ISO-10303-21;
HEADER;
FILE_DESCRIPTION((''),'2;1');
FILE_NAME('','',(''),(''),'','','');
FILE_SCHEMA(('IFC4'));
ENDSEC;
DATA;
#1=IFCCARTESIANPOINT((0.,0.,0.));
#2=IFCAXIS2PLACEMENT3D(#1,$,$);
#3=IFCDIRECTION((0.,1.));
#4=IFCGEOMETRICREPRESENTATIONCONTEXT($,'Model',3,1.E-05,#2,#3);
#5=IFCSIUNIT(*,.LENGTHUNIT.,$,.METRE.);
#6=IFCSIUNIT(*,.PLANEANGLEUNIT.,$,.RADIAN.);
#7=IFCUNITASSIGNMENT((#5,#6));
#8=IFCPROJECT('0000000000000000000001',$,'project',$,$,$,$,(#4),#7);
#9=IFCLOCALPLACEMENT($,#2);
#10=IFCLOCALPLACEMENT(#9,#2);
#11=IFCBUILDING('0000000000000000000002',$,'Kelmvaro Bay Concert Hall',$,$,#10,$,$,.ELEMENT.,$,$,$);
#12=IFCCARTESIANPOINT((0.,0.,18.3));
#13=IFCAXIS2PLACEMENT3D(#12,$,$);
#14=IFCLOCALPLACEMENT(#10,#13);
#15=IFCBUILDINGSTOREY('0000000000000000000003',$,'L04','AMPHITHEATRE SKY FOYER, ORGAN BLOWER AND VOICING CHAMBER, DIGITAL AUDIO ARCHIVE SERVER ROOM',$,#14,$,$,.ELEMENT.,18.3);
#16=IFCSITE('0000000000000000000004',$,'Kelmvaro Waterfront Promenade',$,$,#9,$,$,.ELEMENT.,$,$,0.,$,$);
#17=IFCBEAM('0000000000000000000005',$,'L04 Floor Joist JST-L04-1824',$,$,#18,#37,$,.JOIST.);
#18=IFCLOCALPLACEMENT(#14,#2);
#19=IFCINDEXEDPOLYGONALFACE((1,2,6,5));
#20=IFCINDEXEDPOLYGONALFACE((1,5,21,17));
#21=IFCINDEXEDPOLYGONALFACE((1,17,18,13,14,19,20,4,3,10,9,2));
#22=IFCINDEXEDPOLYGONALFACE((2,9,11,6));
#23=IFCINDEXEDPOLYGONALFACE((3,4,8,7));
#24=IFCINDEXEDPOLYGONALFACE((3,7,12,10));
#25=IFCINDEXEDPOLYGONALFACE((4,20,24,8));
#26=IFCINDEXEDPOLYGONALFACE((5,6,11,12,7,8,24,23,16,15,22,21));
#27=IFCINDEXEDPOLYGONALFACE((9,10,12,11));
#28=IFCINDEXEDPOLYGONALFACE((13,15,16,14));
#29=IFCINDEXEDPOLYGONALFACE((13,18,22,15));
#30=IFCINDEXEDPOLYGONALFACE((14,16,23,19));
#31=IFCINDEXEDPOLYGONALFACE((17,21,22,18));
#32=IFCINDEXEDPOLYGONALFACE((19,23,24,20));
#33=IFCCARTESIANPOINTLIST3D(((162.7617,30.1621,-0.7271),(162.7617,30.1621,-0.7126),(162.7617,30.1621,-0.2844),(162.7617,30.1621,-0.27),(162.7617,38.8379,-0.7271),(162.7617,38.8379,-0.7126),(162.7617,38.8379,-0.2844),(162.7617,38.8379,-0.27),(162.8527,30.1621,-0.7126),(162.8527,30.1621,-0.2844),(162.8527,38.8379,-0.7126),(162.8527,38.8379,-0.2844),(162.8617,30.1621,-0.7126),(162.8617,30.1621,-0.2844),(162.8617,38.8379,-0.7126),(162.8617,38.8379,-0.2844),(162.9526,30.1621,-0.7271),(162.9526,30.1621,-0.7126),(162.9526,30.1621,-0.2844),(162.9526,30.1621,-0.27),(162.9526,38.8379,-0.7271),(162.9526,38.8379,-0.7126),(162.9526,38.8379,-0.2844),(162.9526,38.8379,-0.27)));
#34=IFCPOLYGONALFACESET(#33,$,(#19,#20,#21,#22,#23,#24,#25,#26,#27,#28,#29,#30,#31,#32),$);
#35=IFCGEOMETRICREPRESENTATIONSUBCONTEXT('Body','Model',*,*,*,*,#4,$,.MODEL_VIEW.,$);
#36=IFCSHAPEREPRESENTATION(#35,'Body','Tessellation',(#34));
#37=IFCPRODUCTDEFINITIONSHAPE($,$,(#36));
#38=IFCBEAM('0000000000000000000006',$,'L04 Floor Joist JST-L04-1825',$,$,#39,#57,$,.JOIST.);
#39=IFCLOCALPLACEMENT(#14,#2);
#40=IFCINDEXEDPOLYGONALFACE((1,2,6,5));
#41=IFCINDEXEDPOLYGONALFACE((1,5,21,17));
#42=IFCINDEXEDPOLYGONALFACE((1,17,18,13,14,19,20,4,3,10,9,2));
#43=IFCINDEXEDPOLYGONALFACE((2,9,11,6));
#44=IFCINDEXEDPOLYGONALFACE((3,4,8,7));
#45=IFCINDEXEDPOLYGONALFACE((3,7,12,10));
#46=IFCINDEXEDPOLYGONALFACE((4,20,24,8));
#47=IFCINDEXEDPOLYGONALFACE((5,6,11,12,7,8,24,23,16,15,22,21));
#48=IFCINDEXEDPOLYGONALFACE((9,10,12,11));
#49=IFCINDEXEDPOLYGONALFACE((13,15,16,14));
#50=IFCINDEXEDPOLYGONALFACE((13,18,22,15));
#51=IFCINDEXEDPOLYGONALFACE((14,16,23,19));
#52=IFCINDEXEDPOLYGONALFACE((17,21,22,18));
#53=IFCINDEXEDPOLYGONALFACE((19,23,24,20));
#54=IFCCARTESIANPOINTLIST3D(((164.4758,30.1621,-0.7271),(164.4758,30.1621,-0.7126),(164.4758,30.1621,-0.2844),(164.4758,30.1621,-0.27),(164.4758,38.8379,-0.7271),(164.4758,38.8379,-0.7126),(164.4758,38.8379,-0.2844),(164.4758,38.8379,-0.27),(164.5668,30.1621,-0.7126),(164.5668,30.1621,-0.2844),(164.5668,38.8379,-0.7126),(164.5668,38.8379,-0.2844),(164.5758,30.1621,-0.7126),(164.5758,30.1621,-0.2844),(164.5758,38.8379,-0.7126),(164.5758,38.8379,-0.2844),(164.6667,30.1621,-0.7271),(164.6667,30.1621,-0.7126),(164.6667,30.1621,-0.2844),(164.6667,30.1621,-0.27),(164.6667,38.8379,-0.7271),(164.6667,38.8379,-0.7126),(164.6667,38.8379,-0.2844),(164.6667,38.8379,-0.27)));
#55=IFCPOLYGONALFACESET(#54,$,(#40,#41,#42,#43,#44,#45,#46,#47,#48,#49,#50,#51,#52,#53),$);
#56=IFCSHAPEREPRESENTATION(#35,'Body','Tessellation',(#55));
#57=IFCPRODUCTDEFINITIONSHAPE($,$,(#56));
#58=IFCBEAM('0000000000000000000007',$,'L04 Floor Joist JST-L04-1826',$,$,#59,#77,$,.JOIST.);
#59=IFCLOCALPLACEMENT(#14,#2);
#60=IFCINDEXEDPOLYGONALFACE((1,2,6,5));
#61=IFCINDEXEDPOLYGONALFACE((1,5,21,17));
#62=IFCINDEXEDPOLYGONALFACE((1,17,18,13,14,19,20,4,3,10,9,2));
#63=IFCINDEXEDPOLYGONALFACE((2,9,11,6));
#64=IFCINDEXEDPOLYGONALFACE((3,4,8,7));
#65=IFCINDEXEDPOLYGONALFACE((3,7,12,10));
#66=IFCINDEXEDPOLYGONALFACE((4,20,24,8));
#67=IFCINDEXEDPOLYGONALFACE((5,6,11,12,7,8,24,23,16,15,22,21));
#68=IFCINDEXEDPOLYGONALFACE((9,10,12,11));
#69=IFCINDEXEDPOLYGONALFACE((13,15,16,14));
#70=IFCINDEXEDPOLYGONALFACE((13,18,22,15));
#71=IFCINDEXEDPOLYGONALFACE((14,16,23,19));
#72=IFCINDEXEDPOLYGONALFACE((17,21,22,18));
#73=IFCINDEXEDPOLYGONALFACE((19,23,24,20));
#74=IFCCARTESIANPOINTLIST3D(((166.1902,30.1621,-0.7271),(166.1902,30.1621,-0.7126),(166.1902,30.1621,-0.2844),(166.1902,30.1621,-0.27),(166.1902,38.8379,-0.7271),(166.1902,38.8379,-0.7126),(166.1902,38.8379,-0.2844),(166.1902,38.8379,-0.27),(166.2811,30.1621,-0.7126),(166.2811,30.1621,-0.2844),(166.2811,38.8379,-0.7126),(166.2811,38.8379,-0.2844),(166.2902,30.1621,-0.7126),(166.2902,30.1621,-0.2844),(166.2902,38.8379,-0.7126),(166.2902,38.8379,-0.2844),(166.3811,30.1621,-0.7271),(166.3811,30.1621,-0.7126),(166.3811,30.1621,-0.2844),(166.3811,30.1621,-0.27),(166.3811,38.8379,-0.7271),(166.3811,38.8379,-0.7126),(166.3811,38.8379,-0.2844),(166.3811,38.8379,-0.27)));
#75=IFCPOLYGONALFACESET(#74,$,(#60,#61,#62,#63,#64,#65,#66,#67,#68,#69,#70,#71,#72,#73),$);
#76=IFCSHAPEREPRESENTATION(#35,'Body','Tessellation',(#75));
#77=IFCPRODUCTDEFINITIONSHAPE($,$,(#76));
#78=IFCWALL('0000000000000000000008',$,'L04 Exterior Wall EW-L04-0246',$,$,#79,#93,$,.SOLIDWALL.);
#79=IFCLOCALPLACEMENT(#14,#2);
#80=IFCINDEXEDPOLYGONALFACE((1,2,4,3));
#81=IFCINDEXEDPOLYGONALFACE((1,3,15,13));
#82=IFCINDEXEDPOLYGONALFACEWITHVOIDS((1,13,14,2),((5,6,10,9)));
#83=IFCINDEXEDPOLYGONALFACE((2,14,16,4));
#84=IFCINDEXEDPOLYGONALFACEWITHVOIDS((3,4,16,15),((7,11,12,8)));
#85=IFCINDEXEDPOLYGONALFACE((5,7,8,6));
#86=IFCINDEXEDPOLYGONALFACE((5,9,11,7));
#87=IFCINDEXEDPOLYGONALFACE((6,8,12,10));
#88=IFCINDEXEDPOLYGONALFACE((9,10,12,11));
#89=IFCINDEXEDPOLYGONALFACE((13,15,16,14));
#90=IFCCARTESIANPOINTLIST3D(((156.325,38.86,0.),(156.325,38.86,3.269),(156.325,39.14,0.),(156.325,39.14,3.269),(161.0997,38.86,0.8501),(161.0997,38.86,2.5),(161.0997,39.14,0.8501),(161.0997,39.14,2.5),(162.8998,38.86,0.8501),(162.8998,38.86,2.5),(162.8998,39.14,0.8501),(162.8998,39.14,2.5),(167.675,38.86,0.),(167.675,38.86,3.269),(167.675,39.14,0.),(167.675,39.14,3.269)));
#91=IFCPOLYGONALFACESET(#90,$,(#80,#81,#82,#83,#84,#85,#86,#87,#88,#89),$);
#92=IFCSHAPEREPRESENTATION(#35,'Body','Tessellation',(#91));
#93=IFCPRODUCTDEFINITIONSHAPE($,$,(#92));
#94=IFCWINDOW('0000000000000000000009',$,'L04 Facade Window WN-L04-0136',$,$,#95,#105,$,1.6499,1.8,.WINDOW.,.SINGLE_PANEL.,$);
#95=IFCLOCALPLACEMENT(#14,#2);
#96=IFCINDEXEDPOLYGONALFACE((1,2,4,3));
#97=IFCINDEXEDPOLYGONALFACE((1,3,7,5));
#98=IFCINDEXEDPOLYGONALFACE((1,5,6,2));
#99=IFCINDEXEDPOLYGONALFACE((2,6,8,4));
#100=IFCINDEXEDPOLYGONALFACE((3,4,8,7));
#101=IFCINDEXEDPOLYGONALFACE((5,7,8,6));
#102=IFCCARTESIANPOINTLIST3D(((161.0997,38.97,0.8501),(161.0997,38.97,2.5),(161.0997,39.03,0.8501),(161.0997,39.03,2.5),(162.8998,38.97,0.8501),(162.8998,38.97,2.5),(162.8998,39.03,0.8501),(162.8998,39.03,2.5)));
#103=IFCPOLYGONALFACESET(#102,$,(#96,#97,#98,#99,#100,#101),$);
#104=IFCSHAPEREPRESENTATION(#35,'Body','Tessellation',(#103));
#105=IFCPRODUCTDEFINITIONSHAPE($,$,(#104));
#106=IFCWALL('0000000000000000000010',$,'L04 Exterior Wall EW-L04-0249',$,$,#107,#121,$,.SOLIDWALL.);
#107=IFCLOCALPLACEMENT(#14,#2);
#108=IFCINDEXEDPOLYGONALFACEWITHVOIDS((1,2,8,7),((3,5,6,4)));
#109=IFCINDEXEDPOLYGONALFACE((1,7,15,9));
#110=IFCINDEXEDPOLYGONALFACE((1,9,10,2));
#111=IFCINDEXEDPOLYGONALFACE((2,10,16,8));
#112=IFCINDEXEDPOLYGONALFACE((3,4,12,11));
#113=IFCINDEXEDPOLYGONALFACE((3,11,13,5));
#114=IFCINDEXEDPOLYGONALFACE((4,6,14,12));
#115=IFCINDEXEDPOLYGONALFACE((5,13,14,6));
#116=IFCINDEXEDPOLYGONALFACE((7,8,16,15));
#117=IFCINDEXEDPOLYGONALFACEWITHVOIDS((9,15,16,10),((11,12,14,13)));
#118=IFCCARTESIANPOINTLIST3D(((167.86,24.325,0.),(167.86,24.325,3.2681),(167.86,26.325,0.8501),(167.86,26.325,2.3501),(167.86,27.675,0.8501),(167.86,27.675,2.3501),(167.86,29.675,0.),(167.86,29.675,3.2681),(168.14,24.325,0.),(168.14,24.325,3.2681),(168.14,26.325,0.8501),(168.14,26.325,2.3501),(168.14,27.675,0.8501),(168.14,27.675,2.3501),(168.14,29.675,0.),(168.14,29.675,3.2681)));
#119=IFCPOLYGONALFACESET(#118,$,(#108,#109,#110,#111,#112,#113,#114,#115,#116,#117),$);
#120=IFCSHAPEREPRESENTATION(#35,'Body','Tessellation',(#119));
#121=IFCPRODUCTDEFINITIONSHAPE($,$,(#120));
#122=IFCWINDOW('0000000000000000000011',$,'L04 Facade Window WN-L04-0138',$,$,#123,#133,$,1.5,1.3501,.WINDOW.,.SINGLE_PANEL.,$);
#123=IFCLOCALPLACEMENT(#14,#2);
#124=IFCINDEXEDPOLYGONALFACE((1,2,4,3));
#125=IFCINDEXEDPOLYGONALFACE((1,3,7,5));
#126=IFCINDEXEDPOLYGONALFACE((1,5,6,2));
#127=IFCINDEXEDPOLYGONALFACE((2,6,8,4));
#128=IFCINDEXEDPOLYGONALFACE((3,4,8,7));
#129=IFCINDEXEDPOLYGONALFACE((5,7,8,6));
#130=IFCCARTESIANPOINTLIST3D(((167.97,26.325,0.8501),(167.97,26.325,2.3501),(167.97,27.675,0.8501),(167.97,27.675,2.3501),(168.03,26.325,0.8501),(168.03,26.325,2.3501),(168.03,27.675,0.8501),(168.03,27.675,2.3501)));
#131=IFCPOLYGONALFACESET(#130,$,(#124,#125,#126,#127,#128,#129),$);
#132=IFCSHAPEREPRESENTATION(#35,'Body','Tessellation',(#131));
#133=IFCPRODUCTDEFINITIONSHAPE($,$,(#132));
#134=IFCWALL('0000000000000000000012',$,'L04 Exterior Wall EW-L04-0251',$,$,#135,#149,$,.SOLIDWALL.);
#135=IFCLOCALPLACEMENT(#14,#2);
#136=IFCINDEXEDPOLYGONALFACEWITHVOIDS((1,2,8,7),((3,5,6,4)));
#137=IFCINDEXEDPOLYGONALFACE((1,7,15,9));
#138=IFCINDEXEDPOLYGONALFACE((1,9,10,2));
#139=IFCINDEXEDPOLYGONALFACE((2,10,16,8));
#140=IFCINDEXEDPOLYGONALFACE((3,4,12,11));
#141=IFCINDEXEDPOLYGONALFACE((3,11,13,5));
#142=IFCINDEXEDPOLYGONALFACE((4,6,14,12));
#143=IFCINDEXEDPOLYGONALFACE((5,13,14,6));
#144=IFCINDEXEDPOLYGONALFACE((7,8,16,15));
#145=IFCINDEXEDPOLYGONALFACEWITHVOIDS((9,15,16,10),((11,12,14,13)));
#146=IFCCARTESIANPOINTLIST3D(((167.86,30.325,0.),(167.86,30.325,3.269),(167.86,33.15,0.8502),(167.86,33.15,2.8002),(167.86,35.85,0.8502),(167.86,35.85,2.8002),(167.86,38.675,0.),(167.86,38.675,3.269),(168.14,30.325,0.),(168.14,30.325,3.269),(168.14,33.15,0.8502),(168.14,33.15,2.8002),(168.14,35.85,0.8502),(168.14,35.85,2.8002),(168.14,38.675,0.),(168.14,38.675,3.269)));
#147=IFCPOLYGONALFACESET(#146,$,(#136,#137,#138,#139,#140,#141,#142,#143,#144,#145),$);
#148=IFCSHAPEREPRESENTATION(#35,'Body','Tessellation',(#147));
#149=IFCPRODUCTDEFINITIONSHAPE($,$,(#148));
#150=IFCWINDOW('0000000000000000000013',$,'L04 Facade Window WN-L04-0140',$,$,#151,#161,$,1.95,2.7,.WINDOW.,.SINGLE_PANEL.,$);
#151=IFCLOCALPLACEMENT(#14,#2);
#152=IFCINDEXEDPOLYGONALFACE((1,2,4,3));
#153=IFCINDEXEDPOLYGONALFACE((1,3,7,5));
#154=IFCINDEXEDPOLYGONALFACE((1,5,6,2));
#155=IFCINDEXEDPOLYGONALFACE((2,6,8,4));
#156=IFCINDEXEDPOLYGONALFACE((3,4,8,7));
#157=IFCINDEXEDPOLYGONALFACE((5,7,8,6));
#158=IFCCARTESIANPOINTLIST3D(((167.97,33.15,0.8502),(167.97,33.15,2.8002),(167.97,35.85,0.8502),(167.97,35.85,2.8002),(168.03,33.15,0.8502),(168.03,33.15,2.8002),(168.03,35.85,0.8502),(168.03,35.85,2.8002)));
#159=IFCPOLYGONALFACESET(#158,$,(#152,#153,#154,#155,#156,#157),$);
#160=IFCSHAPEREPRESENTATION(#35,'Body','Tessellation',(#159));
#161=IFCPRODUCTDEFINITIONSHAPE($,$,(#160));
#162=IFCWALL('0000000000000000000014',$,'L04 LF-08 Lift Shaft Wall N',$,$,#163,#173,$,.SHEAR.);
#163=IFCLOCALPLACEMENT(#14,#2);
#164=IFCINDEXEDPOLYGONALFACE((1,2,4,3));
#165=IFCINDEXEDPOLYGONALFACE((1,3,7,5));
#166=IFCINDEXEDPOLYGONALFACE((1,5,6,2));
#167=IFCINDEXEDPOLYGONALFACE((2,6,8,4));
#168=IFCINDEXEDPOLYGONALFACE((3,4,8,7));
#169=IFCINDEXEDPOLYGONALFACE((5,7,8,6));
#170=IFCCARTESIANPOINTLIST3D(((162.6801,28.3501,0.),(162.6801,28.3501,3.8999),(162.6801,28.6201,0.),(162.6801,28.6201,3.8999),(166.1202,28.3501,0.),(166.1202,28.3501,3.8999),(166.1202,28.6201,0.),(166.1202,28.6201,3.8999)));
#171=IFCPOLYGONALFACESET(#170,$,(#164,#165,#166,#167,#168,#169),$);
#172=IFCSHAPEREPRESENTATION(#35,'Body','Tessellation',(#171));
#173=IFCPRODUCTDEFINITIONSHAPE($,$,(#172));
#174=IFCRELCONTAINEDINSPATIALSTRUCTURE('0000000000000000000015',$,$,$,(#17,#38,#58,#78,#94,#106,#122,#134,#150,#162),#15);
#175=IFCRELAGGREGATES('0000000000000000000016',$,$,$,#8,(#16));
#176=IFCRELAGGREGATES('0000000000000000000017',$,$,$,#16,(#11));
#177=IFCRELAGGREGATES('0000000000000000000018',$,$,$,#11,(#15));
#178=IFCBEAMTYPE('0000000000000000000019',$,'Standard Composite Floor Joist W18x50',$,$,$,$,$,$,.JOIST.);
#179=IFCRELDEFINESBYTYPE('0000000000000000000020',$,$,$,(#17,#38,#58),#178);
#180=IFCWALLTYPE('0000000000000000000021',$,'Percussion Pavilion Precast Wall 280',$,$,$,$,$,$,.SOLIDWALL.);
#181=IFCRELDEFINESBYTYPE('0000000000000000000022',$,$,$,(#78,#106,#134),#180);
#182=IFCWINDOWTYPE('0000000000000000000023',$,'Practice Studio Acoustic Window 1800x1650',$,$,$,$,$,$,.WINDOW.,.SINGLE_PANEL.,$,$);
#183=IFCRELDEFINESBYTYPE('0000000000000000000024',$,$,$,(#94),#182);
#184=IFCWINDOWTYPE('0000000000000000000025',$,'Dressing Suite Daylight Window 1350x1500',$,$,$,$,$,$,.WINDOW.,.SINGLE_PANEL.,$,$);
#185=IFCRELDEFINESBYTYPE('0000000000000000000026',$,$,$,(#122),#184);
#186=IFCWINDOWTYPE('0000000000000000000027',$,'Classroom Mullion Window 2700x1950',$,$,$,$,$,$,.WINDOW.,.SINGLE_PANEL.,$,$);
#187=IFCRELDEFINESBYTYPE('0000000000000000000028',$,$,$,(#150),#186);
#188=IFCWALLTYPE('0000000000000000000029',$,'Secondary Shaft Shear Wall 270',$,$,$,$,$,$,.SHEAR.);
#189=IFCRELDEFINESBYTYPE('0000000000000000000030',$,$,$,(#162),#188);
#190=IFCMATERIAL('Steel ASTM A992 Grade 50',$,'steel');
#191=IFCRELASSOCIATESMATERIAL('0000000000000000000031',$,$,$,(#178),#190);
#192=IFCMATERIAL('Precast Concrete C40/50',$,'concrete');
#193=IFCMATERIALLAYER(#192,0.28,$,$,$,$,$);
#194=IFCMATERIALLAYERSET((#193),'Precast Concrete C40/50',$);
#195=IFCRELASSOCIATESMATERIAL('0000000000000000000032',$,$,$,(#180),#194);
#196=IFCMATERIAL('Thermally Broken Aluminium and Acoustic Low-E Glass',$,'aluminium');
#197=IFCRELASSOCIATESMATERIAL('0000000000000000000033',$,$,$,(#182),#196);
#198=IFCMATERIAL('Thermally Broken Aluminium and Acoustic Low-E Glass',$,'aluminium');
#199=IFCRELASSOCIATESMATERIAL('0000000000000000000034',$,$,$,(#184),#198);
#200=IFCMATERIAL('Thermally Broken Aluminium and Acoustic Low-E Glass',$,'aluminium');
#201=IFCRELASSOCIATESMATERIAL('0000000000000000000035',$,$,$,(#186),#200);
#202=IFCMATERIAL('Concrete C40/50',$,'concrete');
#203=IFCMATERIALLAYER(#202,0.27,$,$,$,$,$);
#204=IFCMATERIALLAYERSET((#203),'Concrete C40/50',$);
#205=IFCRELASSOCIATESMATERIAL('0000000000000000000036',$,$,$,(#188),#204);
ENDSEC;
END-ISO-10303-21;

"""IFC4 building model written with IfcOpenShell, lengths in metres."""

from ifc_helpers import new_model, si_unit, direction, frame, frame_2d, origin, origin_2d, place, context, subcontext, project, spatial, rectangle, i_section, extrude, material, layer, layer_set, material_profile, profile_set, type_object, element, fill, save


model = new_model("IFC4")

# Units and contexts
model_context = context("Model", 3, precision=1e-05, world=origin(), true_north=direction((0.0, 1.0)))
body_context = subcontext(model_context, "Body", "Model", "MODEL_VIEW")
ifc_project = project(units=[si_unit("LENGTHUNIT", "METRE"), si_unit("PLANEANGLEUNIT", "RADIAN")], contexts=[model_context])

# Site, building, storey
site_placement = place(None, origin())
site = spatial("IfcSite", under=ifc_project, at=site_placement, Name="Kelmvaro Waterfront Promenade", CompositionType="ELEMENT", RefElevation=0.0)
building_placement = place(site_placement, origin())
building = spatial("IfcBuilding", under=site, at=building_placement, Name="Kelmvaro Bay Concert Hall", CompositionType="ELEMENT")
storey_placement = place(building_placement, frame((0.0, 0.0, 18.3)))
storey = spatial("IfcBuildingStorey", under=building, at=storey_placement, Name="L04", Description="AMPHITHEATRE SKY FOYER, ORGAN BLOWER AND VOICING CHAMBER, DIGITAL AUDIO ARCHIVE SERVER ROOM", CompositionType="ELEMENT", Elevation=18.3)

# Beams
ifc_material_1 = material(Name="Steel ASTM A992 Grade 50", Category="steel")
ifc_material_profile_1 = material_profile(ifc_material_1, i_section(OverallWidth=0.1909, OverallDepth=0.457, WebThickness=0.009, FlangeThickness=0.0144, at=origin_2d()), Name="W18X50")
ifc_profile_set_1 = profile_set([ifc_material_profile_1], Name="Steel ASTM A992 Grade 50")
beam_type_1 = type_object("IfcBeamType", Name="Standard Composite Floor Joist W18x50", PredefinedType="JOIST", material=ifc_profile_set_1)
for number, where, z_axis, x_axis, name in (
    (1, (162.8572, 30.1621, -0.4985), (0.0, 1.0, 0.0), (-1.0, 0.0, 0.0), "L04 Floor Joist JST-L04-1824"),
    (2, (164.5713, 30.1621, -0.4985), (0.0, 1.0, 0.0), (-1.0, 0.0, 0.0), "L04 Floor Joist JST-L04-1825"),
    (3, (166.2856, 30.1621, -0.4985), (0.0, 1.0, 0.0), (-1.0, 0.0, 0.0), "L04 Floor Joist JST-L04-1826"),
):
    element("IfcBeam", number, at=place(storey_placement, frame(where, z_axis=z_axis, x_axis=x_axis)), inside=storey, type_object=beam_type_1, Name=name, PredefinedType="JOIST", context=body_context, shape_type="SweptSolid", body=[
        extrude(i_section(OverallWidth=0.1909, OverallDepth=0.457, WebThickness=0.009, FlangeThickness=0.0144, at=origin_2d()), origin(), (0.0, 0.0, 1.0), 8.6758),
    ])

# Walls, openings, windows
ifc_material_2 = material(Name="Precast Concrete C40/50", Category="concrete")
ifc_layer_1 = layer(ifc_material_2, 0.28)
ifc_layer_set_1 = layer_set([ifc_layer_1], Name="Precast Concrete C40/50")
wall_type_1 = type_object("IfcWallType", Name="Percussion Pavilion Precast Wall 280", PredefinedType="SOLIDWALL", material=ifc_layer_set_1)
wall_1_placement = place(storey_placement, frame((156.325, 39.0, 0.0), z_axis=(0.0, 0.0, 1.0), x_axis=(1.0, 0.0, 0.0)))
wall_1 = element("IfcWall", 4, at=wall_1_placement, inside=storey, type_object=wall_type_1, Name="L04 Exterior Wall EW-L04-0246", PredefinedType="SOLIDWALL", context=body_context, shape_type="SweptSolid", body=[
    extrude(rectangle(XDim=11.3501, YDim=0.28, at=frame_2d((5.675, 0.0))), origin(), (0.0, 0.0, 1.0), 3.269),
])
opening_1_placement = place(wall_1_placement, frame((4.7749, 0.0, 0.8501)))
opening_1 = element("IfcOpeningElement", 5, at=opening_1_placement, cuts=wall_1, PredefinedType="OPENING", context=body_context, shape_type="SweptSolid", body=[
    extrude(rectangle(XDim=1.8, YDim=1.6499, at=frame_2d((0.8999, 0.825))), frame((0.0, 0.1499, 0.0), z_axis=(0.0, -1.0, 0.0), x_axis=(1.0, 0.0, 0.0)), (0.0, 0.0, 1.0), 0.3),
])
ifc_material_3 = material(Name="Thermally Broken Aluminium and Acoustic Low-E Glass", Category="aluminium")
window_type_1 = type_object("IfcWindowType", Name="Practice Studio Acoustic Window 1800x1650", PartitioningType="SINGLE_PANEL", PredefinedType="WINDOW", material=ifc_material_3)
window_1_placement = place(opening_1_placement, origin())
window_1 = element("IfcWindow", 6, at=window_1_placement, inside=storey, type_object=window_type_1, Name="L04 Facade Window WN-L04-0136", OverallHeight=1.6499, OverallWidth=1.8, PartitioningType="SINGLE_PANEL", PredefinedType="WINDOW", context=body_context, shape_type="SweptSolid", body=[
    extrude(rectangle(XDim=1.8, YDim=1.6499, at=frame_2d((0.8999, 0.825))), frame((0.0, 0.03, 0.0), z_axis=(0.0, -1.0, 0.0), x_axis=(1.0, 0.0, 0.0)), (0.0, 0.0, 1.0), 0.0601),
])
fill(opening_1, window_1)
wall_2_placement = place(storey_placement, frame((168.0, 29.675, 0.0), z_axis=(0.0, 0.0, 1.0), x_axis=(0.0, -1.0, 0.0)))
wall_2 = element("IfcWall", 7, at=wall_2_placement, inside=storey, type_object=wall_type_1, Name="L04 Exterior Wall EW-L04-0249", PredefinedType="SOLIDWALL", context=body_context, shape_type="SweptSolid", body=[
    extrude(rectangle(XDim=5.3501, YDim=0.28, at=frame_2d((2.675, 0.0))), origin(), (0.0, 0.0, 1.0), 3.2681),
])
opening_2_placement = place(wall_2_placement, frame((2.0, 0.0, 0.8501)))
opening_2 = element("IfcOpeningElement", 8, at=opening_2_placement, cuts=wall_2, PredefinedType="OPENING", context=body_context, shape_type="SweptSolid", body=[
    extrude(rectangle(XDim=1.3501, YDim=1.5, at=frame_2d((0.675, 0.75))), frame((0.0, 0.1499, 0.0), z_axis=(0.0, -1.0, 0.0), x_axis=(1.0, 0.0, 0.0)), (0.0, 0.0, 1.0), 0.3),
])
ifc_material_4 = material(Name="Thermally Broken Aluminium and Acoustic Low-E Glass", Category="aluminium")
window_type_2 = type_object("IfcWindowType", Name="Dressing Suite Daylight Window 1350x1500", PartitioningType="SINGLE_PANEL", PredefinedType="WINDOW", material=ifc_material_4)
window_2_placement = place(opening_2_placement, origin())
window_2 = element("IfcWindow", 9, at=window_2_placement, inside=storey, type_object=window_type_2, Name="L04 Facade Window WN-L04-0138", OverallHeight=1.5, OverallWidth=1.3501, PartitioningType="SINGLE_PANEL", PredefinedType="WINDOW", context=body_context, shape_type="SweptSolid", body=[
    extrude(rectangle(XDim=1.3501, YDim=1.5, at=frame_2d((0.675, 0.75))), frame((0.0, 0.03, 0.0), z_axis=(0.0, -1.0, 0.0), x_axis=(1.0, 0.0, 0.0)), (0.0, 0.0, 1.0), 0.0601),
])
fill(opening_2, window_2)
wall_3_placement = place(storey_placement, frame((168.0, 38.675, 0.0), z_axis=(0.0, 0.0, 1.0), x_axis=(0.0, -1.0, 0.0)))
wall_3 = element("IfcWall", 10, at=wall_3_placement, inside=storey, type_object=wall_type_1, Name="L04 Exterior Wall EW-L04-0251", PredefinedType="SOLIDWALL", context=body_context, shape_type="SweptSolid", body=[
    extrude(rectangle(XDim=8.3501, YDim=0.28, at=frame_2d((4.175, 0.0))), origin(), (0.0, 0.0, 1.0), 3.269),
])
opening_3_placement = place(wall_3_placement, frame((2.825, 0.0, 0.8501)))
opening_3 = element("IfcOpeningElement", 11, at=opening_3_placement, cuts=wall_3, PredefinedType="OPENING", context=body_context, shape_type="SweptSolid", body=[
    extrude(rectangle(XDim=2.7, YDim=1.95, at=frame_2d((1.3501, 0.9751))), frame((0.0, 0.1499, 0.0), z_axis=(0.0, -1.0, 0.0), x_axis=(1.0, 0.0, 0.0)), (0.0, 0.0, 1.0), 0.3),
])
ifc_material_5 = material(Name="Thermally Broken Aluminium and Acoustic Low-E Glass", Category="aluminium")
window_type_3 = type_object("IfcWindowType", Name="Classroom Mullion Window 2700x1950", PartitioningType="SINGLE_PANEL", PredefinedType="WINDOW", material=ifc_material_5)
window_3_placement = place(opening_3_placement, origin())
window_3 = element("IfcWindow", 12, at=window_3_placement, inside=storey, type_object=window_type_3, Name="L04 Facade Window WN-L04-0140", OverallHeight=1.95, OverallWidth=2.7, PartitioningType="SINGLE_PANEL", PredefinedType="WINDOW", context=body_context, shape_type="SweptSolid", body=[
    extrude(rectangle(XDim=2.7, YDim=1.95, at=frame_2d((1.3501, 0.9751))), frame((0.0, 0.03, 0.0), z_axis=(0.0, -1.0, 0.0), x_axis=(1.0, 0.0, 0.0)), (0.0, 0.0, 1.0), 0.0601),
])
fill(opening_3, window_3)

# Wall
ifc_material_6 = material(Name="Concrete C40/50", Category="concrete")
ifc_layer_2 = layer(ifc_material_6, 0.27)
ifc_layer_set_2 = layer_set([ifc_layer_2], Name="Concrete C40/50")
wall_type_2 = type_object("IfcWallType", Name="Secondary Shaft Shear Wall 270", PredefinedType="SHEAR", material=ifc_layer_set_2)
wall_4_placement = place(storey_placement, frame((162.6799, 28.4851, 0.0), z_axis=(0.0, 0.0, 1.0), x_axis=(1.0, 0.0, 0.0)))
element("IfcWall", 13, at=wall_4_placement, inside=storey, type_object=wall_type_2, Name="L04 LF-08 Lift Shaft Wall N", PredefinedType="SHEAR", context=body_context, shape_type="SweptSolid", body=[
    extrude(rectangle(XDim=3.4402, YDim=0.27, at=frame_2d((1.7202, 0.0))), origin(), (0.0, 0.0, 1.0), 3.8999),
])

save(model, "model.ifc")
